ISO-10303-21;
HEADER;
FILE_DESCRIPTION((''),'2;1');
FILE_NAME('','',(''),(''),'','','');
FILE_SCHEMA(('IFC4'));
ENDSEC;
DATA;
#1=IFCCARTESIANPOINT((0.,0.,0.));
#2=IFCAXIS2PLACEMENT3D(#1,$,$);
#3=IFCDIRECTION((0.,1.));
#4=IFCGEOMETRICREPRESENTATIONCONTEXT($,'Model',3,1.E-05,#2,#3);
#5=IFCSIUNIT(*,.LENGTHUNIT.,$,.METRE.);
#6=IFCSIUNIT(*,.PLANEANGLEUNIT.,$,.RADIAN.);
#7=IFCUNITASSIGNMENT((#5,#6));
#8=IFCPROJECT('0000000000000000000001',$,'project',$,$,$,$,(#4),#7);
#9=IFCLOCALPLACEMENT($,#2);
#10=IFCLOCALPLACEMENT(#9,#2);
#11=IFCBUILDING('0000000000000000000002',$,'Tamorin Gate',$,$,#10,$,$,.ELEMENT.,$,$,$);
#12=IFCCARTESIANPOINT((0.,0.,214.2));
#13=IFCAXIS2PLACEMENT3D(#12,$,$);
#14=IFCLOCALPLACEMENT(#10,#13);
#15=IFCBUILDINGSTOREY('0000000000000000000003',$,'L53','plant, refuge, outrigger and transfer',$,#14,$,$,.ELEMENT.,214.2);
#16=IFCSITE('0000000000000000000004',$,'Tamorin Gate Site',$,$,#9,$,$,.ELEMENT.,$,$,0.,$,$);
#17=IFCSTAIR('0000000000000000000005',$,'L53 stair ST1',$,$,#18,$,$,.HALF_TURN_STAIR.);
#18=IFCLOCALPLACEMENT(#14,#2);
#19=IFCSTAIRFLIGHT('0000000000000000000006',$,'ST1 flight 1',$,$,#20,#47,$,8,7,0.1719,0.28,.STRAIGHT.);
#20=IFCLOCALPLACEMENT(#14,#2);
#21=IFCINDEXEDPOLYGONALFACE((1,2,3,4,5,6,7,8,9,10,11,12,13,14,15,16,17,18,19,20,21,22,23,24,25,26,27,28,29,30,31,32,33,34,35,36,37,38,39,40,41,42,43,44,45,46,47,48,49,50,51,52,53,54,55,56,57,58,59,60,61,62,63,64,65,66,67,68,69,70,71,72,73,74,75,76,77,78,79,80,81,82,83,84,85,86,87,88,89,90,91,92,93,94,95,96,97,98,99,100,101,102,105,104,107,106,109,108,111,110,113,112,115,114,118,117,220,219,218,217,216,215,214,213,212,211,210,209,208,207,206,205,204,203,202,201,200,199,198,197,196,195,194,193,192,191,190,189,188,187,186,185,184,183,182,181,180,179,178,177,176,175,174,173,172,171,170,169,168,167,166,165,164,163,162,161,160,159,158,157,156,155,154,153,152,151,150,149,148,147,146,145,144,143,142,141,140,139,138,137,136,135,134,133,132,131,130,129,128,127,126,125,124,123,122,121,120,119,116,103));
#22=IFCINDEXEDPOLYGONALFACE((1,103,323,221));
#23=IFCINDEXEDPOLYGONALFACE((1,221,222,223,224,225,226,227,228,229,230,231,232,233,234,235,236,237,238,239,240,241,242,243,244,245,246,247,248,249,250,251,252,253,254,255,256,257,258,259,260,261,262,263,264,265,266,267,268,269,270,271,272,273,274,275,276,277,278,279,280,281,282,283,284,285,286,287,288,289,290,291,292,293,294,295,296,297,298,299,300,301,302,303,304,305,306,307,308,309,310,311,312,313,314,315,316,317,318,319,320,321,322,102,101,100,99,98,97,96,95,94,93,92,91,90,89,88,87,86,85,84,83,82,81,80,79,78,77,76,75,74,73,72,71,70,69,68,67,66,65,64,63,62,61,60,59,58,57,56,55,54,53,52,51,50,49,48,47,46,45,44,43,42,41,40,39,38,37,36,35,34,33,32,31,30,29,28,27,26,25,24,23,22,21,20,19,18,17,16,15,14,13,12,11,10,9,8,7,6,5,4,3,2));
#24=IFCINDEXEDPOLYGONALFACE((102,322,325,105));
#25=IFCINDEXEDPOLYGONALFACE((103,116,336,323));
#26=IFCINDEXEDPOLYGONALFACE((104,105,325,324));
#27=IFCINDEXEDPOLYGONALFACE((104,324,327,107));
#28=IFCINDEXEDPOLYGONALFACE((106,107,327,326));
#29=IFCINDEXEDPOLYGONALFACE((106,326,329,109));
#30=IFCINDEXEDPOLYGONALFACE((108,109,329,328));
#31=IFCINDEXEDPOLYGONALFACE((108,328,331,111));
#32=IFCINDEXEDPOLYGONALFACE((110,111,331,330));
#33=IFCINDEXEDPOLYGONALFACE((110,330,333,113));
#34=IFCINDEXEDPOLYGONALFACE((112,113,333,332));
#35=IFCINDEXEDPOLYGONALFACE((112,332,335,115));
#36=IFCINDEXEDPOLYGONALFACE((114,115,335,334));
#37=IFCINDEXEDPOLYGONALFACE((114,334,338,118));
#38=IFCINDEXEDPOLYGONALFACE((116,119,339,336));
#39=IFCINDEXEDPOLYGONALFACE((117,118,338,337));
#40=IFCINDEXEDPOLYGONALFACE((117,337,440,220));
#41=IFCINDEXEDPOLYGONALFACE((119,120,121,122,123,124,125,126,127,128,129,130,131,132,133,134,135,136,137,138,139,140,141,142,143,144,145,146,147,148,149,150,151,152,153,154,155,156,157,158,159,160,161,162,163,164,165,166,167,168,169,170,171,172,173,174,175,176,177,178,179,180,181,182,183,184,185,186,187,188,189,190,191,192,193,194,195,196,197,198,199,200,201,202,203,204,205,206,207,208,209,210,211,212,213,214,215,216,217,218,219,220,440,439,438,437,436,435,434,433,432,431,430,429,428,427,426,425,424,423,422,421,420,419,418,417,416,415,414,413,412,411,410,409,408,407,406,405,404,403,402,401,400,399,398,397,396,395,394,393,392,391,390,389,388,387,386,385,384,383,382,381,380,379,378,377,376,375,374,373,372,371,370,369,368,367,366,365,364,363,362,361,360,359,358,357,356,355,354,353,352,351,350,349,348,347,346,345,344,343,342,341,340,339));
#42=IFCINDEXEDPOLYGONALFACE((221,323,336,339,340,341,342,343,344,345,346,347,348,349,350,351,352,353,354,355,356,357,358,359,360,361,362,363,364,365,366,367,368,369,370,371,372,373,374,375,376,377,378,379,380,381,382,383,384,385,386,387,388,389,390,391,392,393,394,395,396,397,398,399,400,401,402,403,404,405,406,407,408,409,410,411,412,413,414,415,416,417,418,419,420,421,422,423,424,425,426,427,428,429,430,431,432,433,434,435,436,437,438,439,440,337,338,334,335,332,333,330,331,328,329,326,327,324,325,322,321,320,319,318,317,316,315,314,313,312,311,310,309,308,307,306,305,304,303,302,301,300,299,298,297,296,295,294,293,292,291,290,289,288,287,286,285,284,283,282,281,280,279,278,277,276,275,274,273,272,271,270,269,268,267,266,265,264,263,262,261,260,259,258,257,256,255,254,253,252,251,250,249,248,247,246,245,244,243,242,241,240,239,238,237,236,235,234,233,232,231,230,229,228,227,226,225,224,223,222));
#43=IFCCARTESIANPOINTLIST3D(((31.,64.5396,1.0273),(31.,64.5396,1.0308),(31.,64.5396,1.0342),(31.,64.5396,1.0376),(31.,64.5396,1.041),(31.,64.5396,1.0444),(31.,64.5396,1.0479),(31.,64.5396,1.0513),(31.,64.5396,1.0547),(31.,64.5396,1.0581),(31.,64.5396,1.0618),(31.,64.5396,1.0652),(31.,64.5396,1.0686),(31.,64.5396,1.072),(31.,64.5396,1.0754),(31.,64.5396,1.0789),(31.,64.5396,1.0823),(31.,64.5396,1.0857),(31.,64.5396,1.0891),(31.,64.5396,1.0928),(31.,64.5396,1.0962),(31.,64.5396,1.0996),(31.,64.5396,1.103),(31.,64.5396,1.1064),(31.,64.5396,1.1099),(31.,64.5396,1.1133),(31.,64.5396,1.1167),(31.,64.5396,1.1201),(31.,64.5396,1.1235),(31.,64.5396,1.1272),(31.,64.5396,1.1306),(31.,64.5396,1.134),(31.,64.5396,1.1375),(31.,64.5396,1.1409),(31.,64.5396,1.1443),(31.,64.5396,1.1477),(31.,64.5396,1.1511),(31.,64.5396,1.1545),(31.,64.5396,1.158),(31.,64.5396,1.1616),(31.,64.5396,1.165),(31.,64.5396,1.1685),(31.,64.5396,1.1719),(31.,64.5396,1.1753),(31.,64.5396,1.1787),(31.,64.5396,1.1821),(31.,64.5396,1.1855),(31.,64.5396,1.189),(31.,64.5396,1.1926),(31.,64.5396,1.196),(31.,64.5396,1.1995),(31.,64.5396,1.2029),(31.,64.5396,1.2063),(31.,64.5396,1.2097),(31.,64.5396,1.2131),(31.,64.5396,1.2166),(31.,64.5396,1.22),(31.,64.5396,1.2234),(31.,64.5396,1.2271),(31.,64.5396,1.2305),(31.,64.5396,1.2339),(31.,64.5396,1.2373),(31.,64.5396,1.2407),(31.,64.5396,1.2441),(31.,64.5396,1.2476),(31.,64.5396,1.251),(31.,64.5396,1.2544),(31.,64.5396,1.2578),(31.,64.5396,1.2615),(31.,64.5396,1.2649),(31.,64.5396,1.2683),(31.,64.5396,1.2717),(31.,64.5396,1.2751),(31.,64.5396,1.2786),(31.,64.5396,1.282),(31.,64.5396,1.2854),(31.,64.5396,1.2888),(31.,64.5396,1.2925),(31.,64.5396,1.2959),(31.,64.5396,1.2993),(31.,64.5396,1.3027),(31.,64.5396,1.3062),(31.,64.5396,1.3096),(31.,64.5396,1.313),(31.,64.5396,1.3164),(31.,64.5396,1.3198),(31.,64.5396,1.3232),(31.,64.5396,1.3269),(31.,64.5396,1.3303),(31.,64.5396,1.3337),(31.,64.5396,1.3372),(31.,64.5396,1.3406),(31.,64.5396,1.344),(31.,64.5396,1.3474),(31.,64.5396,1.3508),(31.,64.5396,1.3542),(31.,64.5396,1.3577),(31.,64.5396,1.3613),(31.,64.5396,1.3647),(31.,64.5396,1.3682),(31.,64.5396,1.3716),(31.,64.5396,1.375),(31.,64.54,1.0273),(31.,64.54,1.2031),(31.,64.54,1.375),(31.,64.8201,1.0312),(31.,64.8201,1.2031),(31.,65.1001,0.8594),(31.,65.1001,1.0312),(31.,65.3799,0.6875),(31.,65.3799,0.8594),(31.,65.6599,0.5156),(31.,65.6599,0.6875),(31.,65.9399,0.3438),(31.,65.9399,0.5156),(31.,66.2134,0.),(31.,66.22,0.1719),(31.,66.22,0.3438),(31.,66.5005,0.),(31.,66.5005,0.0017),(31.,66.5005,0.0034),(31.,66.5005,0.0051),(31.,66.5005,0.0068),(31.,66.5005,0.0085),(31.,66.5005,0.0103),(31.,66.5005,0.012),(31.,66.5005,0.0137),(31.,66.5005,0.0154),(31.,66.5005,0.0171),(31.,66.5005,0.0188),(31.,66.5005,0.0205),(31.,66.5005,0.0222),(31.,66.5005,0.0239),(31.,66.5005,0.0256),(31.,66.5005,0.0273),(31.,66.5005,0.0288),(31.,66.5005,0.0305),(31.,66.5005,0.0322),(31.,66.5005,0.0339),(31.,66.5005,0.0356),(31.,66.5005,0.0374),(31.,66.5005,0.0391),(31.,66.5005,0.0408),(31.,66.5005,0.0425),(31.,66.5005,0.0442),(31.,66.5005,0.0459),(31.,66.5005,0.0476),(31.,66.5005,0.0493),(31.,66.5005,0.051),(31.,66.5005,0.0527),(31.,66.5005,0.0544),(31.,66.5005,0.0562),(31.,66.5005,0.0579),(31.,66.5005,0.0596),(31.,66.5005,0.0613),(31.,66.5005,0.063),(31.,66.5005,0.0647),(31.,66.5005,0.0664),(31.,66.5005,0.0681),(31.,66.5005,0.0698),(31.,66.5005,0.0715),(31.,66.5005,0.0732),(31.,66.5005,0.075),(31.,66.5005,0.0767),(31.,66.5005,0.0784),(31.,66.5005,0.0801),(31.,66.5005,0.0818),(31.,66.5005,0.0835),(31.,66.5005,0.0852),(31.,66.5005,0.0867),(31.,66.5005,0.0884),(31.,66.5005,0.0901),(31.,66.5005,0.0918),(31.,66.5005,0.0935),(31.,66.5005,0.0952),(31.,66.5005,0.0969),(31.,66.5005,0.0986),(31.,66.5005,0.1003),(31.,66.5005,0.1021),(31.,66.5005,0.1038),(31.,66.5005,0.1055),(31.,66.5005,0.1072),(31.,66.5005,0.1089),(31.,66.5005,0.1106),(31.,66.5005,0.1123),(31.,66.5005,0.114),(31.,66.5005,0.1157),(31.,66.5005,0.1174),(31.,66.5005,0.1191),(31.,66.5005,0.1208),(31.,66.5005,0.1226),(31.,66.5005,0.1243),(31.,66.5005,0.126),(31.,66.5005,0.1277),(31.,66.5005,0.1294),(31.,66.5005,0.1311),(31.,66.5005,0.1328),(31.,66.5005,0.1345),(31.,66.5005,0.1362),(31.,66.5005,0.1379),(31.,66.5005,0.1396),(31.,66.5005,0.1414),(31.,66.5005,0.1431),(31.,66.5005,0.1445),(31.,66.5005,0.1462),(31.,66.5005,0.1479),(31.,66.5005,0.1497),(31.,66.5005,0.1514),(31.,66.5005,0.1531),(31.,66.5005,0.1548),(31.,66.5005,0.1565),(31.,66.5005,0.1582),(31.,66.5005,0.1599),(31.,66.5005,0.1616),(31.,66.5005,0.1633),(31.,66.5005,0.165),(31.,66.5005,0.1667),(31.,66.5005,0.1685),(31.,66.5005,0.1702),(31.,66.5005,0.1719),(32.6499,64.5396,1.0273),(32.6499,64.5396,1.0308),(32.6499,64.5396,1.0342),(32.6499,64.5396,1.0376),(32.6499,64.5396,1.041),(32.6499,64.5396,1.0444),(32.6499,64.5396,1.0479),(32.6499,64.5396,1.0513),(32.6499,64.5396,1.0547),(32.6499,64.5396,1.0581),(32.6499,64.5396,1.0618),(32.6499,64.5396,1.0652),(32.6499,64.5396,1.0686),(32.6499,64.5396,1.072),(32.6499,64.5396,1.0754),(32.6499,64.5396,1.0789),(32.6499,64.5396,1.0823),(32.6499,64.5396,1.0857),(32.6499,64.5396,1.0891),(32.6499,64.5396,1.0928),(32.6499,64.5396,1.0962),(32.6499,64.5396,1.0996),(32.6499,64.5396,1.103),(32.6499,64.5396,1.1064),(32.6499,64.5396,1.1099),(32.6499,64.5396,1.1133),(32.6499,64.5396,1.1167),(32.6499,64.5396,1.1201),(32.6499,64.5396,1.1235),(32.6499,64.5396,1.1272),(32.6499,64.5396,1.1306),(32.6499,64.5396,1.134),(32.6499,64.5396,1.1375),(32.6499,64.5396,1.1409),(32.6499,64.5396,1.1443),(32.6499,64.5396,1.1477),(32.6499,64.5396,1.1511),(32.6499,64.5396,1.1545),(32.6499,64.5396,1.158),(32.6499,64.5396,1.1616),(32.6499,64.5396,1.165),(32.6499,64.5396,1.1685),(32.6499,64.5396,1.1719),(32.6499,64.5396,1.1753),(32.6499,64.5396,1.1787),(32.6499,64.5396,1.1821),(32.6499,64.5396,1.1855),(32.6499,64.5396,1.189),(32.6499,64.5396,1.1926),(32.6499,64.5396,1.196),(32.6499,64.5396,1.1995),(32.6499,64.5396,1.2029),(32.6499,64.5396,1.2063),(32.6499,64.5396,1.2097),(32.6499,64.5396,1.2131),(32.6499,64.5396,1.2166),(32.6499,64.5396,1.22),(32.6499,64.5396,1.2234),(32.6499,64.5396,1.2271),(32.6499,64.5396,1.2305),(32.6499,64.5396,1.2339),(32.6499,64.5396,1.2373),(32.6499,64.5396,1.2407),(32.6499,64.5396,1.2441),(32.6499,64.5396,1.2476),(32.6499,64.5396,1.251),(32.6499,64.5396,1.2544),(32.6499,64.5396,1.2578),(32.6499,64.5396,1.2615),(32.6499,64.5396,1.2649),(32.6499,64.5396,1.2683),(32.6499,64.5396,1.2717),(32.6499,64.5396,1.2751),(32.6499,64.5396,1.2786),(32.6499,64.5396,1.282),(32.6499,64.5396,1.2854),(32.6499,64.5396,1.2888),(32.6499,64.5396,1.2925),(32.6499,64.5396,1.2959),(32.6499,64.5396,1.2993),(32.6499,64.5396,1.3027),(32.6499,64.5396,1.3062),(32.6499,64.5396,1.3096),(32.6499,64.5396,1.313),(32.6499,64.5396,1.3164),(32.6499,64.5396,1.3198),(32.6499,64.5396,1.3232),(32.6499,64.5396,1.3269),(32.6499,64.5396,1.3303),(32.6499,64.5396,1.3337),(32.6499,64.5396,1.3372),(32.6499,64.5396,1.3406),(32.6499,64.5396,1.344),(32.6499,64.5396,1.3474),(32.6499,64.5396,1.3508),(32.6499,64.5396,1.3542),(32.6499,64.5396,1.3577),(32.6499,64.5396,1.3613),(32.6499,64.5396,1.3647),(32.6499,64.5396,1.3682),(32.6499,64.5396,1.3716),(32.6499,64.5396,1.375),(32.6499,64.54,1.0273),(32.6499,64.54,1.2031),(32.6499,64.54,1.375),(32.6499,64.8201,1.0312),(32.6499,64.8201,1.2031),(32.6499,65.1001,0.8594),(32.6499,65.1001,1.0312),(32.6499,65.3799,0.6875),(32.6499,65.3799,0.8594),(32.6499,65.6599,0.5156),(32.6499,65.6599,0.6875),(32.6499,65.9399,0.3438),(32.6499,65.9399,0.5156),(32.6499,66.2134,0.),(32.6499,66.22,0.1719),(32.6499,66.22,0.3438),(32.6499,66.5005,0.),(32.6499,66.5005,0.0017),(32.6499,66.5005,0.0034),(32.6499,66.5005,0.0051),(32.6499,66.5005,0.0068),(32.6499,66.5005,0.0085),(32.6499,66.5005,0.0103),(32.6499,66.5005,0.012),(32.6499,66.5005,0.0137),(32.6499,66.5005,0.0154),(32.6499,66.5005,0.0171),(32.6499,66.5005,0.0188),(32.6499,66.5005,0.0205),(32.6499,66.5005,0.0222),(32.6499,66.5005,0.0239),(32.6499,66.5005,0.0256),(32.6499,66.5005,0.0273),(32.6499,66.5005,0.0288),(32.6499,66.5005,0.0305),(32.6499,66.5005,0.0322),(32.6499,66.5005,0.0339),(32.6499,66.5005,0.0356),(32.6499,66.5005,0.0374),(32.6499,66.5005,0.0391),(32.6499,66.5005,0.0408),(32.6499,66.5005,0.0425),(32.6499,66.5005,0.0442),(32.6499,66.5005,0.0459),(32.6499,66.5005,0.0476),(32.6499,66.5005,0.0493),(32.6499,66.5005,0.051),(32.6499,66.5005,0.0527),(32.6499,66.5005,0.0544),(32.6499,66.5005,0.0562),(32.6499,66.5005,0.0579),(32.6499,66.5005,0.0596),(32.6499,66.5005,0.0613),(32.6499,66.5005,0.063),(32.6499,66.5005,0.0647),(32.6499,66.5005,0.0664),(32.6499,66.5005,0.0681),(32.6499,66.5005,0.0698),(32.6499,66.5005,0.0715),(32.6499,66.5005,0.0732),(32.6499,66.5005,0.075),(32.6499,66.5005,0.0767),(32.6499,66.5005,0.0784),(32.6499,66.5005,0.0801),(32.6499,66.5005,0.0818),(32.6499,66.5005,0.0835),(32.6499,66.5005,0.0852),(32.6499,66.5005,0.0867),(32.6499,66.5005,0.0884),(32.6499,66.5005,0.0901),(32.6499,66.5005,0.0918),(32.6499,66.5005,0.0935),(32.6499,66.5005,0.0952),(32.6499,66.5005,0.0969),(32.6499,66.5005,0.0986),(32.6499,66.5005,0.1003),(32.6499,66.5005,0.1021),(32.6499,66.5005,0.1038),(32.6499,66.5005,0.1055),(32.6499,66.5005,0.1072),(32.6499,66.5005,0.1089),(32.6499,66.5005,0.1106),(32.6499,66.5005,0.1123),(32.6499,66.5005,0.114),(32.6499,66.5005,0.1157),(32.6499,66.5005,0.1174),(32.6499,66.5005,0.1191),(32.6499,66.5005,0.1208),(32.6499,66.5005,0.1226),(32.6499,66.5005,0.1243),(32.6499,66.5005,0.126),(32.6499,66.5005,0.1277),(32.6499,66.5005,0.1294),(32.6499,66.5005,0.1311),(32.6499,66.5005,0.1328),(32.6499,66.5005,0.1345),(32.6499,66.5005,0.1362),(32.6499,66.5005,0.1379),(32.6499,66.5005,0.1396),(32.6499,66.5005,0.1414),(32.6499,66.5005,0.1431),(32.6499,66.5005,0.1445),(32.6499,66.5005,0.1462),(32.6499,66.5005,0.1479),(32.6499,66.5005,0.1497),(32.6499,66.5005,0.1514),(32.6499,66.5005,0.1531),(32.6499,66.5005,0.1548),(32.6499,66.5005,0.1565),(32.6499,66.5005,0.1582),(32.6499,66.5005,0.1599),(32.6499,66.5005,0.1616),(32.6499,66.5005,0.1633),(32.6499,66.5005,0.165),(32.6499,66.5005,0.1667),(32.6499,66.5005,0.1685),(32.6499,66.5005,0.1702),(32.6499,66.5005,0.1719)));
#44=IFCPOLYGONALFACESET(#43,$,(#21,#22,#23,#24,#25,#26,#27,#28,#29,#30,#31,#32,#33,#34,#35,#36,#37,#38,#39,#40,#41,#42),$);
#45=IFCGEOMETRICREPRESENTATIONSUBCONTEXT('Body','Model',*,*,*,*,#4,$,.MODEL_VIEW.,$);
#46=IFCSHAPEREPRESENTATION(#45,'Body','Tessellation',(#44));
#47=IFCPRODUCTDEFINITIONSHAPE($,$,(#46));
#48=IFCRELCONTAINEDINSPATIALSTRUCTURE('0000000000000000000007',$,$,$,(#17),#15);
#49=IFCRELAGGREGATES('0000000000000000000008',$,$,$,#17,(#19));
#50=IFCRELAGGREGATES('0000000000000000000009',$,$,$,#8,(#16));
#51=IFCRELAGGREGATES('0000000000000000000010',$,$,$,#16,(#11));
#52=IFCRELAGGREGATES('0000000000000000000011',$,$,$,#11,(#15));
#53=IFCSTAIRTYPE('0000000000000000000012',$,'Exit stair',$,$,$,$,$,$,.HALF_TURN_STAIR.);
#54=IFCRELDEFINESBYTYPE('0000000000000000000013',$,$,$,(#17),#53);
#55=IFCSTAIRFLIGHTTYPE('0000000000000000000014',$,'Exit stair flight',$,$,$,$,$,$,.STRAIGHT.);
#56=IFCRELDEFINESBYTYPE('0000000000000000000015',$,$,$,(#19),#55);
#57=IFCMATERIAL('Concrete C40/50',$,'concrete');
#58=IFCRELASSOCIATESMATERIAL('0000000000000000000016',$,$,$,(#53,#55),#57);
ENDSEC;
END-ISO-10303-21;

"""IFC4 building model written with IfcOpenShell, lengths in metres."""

from ifc_helpers import new_model, si_unit, direction, frame, origin, place, context, subcontext, project, spatial, polyline, outline, extrude, material, type_object, element, aggregate, save


model = new_model("IFC4")

# Units and contexts
model_context = context("Model", 3, precision=1e-05, world=origin(), true_north=direction((0.0, 1.0)))
body_context = subcontext(model_context, "Body", "Model", "MODEL_VIEW")
ifc_project = project(units=[si_unit("LENGTHUNIT", "METRE"), si_unit("PLANEANGLEUNIT", "RADIAN")], contexts=[model_context])

# Site, building, storey
site_placement = place(None, origin())
site = spatial("IfcSite", under=ifc_project, at=site_placement, Name="Tamorin Gate Site", CompositionType="ELEMENT", RefElevation=0.0)
building_placement = place(site_placement, origin())
building = spatial("IfcBuilding", under=site, at=building_placement, Name="Tamorin Gate", CompositionType="ELEMENT")
storey_placement = place(building_placement, frame((0.0, 0.0, 214.2)))
storey = spatial("IfcBuildingStorey", under=building, at=storey_placement, Name="L53", Description="plant, refuge, outrigger and transfer", CompositionType="ELEMENT", Elevation=214.2)

# Stair, stair flight
ifc_material_1 = material(Name="Concrete C40/50", Category="concrete")
stair_type = type_object("IfcStairType", Name="Exit stair", PredefinedType="HALF_TURN_STAIR", material=ifc_material_1)
stair_placement = place(storey_placement, origin())
stair = element("IfcStair", 1, at=stair_placement, inside=storey, type_object=stair_type, Name="L53 stair ST1", PredefinedType="HALF_TURN_STAIR")
stair_flight_type = type_object("IfcStairFlightType", Name="Exit stair flight", PredefinedType="STRAIGHT", material=ifc_material_1)
stair_flight_1_placement = place(storey_placement, frame((31.825, 66.5, 0.0), z_axis=(0.0, 0.0, 1.0), x_axis=(0.0, -1.0, 0.0)))
stair_flight_1 = element("IfcStairFlight", 2, at=stair_flight_1_placement, type_object=stair_flight_type, Name="ST1 flight 1", NumberOfRisers=8, NumberOfTreads=7, PredefinedType="STRAIGHT", RiserHeight=0.1719, TreadLength=0.28, context=body_context, shape_type="SweptSolid", body=[
    extrude(outline(polyline([(-0.0005, 0.0), (-0.0005, 0.0017), (-0.0005, 0.0034), (-0.0005, 0.0051), (-0.0005, 0.0068), (-0.0005, 0.0085), (-0.0005, 0.0103), (-0.0005, 0.012), (-0.0005, 0.0137), (-0.0005, 0.0154), (-0.0005, 0.0171), (-0.0005, 0.0188), (-0.0005, 0.0205), (-0.0005, 0.0222), (-0.0005, 0.0239), (-0.0005, 0.0256), (-0.0005, 0.0273), (-0.0005, 0.0288), (-0.0005, 0.0305), (-0.0005, 0.0322), (-0.0005, 0.0339), (-0.0005, 0.0356), (-0.0005, 0.0374), (-0.0005, 0.0391), (-0.0005, 0.0408), (-0.0005, 0.0425), (-0.0005, 0.0442), (-0.0005, 0.0459), (-0.0005, 0.0476), (-0.0005, 0.0493), (-0.0005, 0.051), (-0.0005, 0.0527), (-0.0005, 0.0544), (-0.0005, 0.0562), (-0.0005, 0.0579), (-0.0005, 0.0596), (-0.0005, 0.0613), (-0.0005, 0.063), (-0.0005, 0.0647), (-0.0005, 0.0664), (-0.0005, 0.0681), (-0.0005, 0.0698), (-0.0005, 0.0715), (-0.0005, 0.0732), (-0.0005, 0.075), (-0.0005, 0.0767), (-0.0005, 0.0784), (-0.0005, 0.0801), (-0.0005, 0.0818), (-0.0005, 0.0835), (-0.0005, 0.0852), (-0.0005, 0.0867), (-0.0005, 0.0884), (-0.0005, 0.0901), (-0.0005, 0.0918), (-0.0005, 0.0935), (-0.0005, 0.0952), (-0.0005, 0.0969), (-0.0005, 0.0986), (-0.0005, 0.1003), (-0.0005, 0.1021), (-0.0005, 0.1038), (-0.0005, 0.1055), (-0.0005, 0.1072), (-0.0005, 0.1089), (-0.0005, 0.1106), (-0.0005, 0.1123), (-0.0005, 0.114), (-0.0005, 0.1157), (-0.0005, 0.1174), (-0.0005, 0.1191), (-0.0005, 0.1208), (-0.0005, 0.1226), (-0.0005, 0.1243), (-0.0005, 0.126), (-0.0005, 0.1277), (-0.0005, 0.1294), (-0.0005, 0.1311), (-0.0005, 0.1328), (-0.0005, 0.1345), (-0.0005, 0.1362), (-0.0005, 0.1379), (-0.0005, 0.1396), (-0.0005, 0.1414), (-0.0005, 0.1431), (-0.0005, 0.1445), (-0.0005, 0.1462), (-0.0005, 0.1479), (-0.0005, 0.1497), (-0.0005, 0.1514), (-0.0005, 0.1531), (-0.0005, 0.1548), (-0.0005, 0.1565), (-0.0005, 0.1582), (-0.0005, 0.1599), (-0.0005, 0.1616), (-0.0005, 0.1633), (-0.0005, 0.165), (-0.0005, 0.1667), (-0.0005, 0.1685), (-0.0005, 0.1702), (-0.0005, 0.1719), (0.28, 0.1719), (0.28, 0.3438), (0.5601, 0.3438), (0.5601, 0.5156), (0.8401, 0.5156), (0.8401, 0.6875), (1.1201, 0.6875), (1.1201, 0.8594), (1.3999, 0.8594), (1.3999, 1.0312), (1.6799, 1.0312), (1.6799, 1.2031), (1.96, 1.2031), (1.96, 1.375), (1.9604, 1.375), (1.9604, 1.3716), (1.9604, 1.3682), (1.9604, 1.3647), (1.9604, 1.3613), (1.9604, 1.3577), (1.9604, 1.3542), (1.9604, 1.3508), (1.9604, 1.3474), (1.9604, 1.344), (1.9604, 1.3406), (1.9604, 1.3372), (1.9604, 1.3337), (1.9604, 1.3303), (1.9604, 1.3269), (1.9604, 1.3232), (1.9604, 1.3198), (1.9604, 1.3164), (1.9604, 1.313), (1.9604, 1.3096), (1.9604, 1.3062), (1.9604, 1.3027), (1.9604, 1.2993), (1.9604, 1.2959), (1.9604, 1.2925), (1.9604, 1.2888), (1.9604, 1.2854), (1.9604, 1.282), (1.9604, 1.2786), (1.9604, 1.2751), (1.9604, 1.2717), (1.9604, 1.2683), (1.9604, 1.2649), (1.9604, 1.2615), (1.9604, 1.2578), (1.9604, 1.2544), (1.9604, 1.251), (1.9604, 1.2476), (1.9604, 1.2441), (1.9604, 1.2407), (1.9604, 1.2373), (1.9604, 1.2339), (1.9604, 1.2305), (1.9604, 1.2271), (1.9604, 1.2234), (1.9604, 1.22), (1.9604, 1.2166), (1.9604, 1.2131), (1.9604, 1.2097), (1.9604, 1.2063), (1.9604, 1.2029), (1.9604, 1.1995), (1.9604, 1.196), (1.9604, 1.1926), (1.9604, 1.189), (1.9604, 1.1855), (1.9604, 1.1821), (1.9604, 1.1787), (1.9604, 1.1753), (1.9604, 1.1719), (1.9604, 1.1685), (1.9604, 1.165), (1.9604, 1.1616), (1.9604, 1.158), (1.9604, 1.1545), (1.9604, 1.1511), (1.9604, 1.1477), (1.9604, 1.1443), (1.9604, 1.1409), (1.9604, 1.1375), (1.9604, 1.134), (1.9604, 1.1306), (1.9604, 1.1272), (1.9604, 1.1235), (1.9604, 1.1201), (1.9604, 1.1167), (1.9604, 1.1133), (1.9604, 1.1099), (1.9604, 1.1064), (1.9604, 1.103), (1.9604, 1.0996), (1.9604, 1.0962), (1.9604, 1.0928), (1.9604, 1.0891), (1.9604, 1.0857), (1.9604, 1.0823), (1.9604, 1.0789), (1.9604, 1.0754), (1.9604, 1.072), (1.9604, 1.0686), (1.9604, 1.0652), (1.9604, 1.0618), (1.9604, 1.0581), (1.9604, 1.0547), (1.9604, 1.0513), (1.9604, 1.0479), (1.9604, 1.0444), (1.9604, 1.041), (1.9604, 1.0376), (1.9604, 1.0342), (1.9604, 1.0308), (1.9604, 1.0273), (1.96, 1.0273), (0.2866, 0.0), (-0.0005, 0.0)])), frame((0.0, 0.825, 0.0), z_axis=(0.0, -1.0, 0.0), x_axis=(1.0, 0.0, 0.0)), (0.0, 0.0, 1.0), 1.6499),
])
aggregate(stair, [stair_flight_1])

save(model, "model.ifc")
